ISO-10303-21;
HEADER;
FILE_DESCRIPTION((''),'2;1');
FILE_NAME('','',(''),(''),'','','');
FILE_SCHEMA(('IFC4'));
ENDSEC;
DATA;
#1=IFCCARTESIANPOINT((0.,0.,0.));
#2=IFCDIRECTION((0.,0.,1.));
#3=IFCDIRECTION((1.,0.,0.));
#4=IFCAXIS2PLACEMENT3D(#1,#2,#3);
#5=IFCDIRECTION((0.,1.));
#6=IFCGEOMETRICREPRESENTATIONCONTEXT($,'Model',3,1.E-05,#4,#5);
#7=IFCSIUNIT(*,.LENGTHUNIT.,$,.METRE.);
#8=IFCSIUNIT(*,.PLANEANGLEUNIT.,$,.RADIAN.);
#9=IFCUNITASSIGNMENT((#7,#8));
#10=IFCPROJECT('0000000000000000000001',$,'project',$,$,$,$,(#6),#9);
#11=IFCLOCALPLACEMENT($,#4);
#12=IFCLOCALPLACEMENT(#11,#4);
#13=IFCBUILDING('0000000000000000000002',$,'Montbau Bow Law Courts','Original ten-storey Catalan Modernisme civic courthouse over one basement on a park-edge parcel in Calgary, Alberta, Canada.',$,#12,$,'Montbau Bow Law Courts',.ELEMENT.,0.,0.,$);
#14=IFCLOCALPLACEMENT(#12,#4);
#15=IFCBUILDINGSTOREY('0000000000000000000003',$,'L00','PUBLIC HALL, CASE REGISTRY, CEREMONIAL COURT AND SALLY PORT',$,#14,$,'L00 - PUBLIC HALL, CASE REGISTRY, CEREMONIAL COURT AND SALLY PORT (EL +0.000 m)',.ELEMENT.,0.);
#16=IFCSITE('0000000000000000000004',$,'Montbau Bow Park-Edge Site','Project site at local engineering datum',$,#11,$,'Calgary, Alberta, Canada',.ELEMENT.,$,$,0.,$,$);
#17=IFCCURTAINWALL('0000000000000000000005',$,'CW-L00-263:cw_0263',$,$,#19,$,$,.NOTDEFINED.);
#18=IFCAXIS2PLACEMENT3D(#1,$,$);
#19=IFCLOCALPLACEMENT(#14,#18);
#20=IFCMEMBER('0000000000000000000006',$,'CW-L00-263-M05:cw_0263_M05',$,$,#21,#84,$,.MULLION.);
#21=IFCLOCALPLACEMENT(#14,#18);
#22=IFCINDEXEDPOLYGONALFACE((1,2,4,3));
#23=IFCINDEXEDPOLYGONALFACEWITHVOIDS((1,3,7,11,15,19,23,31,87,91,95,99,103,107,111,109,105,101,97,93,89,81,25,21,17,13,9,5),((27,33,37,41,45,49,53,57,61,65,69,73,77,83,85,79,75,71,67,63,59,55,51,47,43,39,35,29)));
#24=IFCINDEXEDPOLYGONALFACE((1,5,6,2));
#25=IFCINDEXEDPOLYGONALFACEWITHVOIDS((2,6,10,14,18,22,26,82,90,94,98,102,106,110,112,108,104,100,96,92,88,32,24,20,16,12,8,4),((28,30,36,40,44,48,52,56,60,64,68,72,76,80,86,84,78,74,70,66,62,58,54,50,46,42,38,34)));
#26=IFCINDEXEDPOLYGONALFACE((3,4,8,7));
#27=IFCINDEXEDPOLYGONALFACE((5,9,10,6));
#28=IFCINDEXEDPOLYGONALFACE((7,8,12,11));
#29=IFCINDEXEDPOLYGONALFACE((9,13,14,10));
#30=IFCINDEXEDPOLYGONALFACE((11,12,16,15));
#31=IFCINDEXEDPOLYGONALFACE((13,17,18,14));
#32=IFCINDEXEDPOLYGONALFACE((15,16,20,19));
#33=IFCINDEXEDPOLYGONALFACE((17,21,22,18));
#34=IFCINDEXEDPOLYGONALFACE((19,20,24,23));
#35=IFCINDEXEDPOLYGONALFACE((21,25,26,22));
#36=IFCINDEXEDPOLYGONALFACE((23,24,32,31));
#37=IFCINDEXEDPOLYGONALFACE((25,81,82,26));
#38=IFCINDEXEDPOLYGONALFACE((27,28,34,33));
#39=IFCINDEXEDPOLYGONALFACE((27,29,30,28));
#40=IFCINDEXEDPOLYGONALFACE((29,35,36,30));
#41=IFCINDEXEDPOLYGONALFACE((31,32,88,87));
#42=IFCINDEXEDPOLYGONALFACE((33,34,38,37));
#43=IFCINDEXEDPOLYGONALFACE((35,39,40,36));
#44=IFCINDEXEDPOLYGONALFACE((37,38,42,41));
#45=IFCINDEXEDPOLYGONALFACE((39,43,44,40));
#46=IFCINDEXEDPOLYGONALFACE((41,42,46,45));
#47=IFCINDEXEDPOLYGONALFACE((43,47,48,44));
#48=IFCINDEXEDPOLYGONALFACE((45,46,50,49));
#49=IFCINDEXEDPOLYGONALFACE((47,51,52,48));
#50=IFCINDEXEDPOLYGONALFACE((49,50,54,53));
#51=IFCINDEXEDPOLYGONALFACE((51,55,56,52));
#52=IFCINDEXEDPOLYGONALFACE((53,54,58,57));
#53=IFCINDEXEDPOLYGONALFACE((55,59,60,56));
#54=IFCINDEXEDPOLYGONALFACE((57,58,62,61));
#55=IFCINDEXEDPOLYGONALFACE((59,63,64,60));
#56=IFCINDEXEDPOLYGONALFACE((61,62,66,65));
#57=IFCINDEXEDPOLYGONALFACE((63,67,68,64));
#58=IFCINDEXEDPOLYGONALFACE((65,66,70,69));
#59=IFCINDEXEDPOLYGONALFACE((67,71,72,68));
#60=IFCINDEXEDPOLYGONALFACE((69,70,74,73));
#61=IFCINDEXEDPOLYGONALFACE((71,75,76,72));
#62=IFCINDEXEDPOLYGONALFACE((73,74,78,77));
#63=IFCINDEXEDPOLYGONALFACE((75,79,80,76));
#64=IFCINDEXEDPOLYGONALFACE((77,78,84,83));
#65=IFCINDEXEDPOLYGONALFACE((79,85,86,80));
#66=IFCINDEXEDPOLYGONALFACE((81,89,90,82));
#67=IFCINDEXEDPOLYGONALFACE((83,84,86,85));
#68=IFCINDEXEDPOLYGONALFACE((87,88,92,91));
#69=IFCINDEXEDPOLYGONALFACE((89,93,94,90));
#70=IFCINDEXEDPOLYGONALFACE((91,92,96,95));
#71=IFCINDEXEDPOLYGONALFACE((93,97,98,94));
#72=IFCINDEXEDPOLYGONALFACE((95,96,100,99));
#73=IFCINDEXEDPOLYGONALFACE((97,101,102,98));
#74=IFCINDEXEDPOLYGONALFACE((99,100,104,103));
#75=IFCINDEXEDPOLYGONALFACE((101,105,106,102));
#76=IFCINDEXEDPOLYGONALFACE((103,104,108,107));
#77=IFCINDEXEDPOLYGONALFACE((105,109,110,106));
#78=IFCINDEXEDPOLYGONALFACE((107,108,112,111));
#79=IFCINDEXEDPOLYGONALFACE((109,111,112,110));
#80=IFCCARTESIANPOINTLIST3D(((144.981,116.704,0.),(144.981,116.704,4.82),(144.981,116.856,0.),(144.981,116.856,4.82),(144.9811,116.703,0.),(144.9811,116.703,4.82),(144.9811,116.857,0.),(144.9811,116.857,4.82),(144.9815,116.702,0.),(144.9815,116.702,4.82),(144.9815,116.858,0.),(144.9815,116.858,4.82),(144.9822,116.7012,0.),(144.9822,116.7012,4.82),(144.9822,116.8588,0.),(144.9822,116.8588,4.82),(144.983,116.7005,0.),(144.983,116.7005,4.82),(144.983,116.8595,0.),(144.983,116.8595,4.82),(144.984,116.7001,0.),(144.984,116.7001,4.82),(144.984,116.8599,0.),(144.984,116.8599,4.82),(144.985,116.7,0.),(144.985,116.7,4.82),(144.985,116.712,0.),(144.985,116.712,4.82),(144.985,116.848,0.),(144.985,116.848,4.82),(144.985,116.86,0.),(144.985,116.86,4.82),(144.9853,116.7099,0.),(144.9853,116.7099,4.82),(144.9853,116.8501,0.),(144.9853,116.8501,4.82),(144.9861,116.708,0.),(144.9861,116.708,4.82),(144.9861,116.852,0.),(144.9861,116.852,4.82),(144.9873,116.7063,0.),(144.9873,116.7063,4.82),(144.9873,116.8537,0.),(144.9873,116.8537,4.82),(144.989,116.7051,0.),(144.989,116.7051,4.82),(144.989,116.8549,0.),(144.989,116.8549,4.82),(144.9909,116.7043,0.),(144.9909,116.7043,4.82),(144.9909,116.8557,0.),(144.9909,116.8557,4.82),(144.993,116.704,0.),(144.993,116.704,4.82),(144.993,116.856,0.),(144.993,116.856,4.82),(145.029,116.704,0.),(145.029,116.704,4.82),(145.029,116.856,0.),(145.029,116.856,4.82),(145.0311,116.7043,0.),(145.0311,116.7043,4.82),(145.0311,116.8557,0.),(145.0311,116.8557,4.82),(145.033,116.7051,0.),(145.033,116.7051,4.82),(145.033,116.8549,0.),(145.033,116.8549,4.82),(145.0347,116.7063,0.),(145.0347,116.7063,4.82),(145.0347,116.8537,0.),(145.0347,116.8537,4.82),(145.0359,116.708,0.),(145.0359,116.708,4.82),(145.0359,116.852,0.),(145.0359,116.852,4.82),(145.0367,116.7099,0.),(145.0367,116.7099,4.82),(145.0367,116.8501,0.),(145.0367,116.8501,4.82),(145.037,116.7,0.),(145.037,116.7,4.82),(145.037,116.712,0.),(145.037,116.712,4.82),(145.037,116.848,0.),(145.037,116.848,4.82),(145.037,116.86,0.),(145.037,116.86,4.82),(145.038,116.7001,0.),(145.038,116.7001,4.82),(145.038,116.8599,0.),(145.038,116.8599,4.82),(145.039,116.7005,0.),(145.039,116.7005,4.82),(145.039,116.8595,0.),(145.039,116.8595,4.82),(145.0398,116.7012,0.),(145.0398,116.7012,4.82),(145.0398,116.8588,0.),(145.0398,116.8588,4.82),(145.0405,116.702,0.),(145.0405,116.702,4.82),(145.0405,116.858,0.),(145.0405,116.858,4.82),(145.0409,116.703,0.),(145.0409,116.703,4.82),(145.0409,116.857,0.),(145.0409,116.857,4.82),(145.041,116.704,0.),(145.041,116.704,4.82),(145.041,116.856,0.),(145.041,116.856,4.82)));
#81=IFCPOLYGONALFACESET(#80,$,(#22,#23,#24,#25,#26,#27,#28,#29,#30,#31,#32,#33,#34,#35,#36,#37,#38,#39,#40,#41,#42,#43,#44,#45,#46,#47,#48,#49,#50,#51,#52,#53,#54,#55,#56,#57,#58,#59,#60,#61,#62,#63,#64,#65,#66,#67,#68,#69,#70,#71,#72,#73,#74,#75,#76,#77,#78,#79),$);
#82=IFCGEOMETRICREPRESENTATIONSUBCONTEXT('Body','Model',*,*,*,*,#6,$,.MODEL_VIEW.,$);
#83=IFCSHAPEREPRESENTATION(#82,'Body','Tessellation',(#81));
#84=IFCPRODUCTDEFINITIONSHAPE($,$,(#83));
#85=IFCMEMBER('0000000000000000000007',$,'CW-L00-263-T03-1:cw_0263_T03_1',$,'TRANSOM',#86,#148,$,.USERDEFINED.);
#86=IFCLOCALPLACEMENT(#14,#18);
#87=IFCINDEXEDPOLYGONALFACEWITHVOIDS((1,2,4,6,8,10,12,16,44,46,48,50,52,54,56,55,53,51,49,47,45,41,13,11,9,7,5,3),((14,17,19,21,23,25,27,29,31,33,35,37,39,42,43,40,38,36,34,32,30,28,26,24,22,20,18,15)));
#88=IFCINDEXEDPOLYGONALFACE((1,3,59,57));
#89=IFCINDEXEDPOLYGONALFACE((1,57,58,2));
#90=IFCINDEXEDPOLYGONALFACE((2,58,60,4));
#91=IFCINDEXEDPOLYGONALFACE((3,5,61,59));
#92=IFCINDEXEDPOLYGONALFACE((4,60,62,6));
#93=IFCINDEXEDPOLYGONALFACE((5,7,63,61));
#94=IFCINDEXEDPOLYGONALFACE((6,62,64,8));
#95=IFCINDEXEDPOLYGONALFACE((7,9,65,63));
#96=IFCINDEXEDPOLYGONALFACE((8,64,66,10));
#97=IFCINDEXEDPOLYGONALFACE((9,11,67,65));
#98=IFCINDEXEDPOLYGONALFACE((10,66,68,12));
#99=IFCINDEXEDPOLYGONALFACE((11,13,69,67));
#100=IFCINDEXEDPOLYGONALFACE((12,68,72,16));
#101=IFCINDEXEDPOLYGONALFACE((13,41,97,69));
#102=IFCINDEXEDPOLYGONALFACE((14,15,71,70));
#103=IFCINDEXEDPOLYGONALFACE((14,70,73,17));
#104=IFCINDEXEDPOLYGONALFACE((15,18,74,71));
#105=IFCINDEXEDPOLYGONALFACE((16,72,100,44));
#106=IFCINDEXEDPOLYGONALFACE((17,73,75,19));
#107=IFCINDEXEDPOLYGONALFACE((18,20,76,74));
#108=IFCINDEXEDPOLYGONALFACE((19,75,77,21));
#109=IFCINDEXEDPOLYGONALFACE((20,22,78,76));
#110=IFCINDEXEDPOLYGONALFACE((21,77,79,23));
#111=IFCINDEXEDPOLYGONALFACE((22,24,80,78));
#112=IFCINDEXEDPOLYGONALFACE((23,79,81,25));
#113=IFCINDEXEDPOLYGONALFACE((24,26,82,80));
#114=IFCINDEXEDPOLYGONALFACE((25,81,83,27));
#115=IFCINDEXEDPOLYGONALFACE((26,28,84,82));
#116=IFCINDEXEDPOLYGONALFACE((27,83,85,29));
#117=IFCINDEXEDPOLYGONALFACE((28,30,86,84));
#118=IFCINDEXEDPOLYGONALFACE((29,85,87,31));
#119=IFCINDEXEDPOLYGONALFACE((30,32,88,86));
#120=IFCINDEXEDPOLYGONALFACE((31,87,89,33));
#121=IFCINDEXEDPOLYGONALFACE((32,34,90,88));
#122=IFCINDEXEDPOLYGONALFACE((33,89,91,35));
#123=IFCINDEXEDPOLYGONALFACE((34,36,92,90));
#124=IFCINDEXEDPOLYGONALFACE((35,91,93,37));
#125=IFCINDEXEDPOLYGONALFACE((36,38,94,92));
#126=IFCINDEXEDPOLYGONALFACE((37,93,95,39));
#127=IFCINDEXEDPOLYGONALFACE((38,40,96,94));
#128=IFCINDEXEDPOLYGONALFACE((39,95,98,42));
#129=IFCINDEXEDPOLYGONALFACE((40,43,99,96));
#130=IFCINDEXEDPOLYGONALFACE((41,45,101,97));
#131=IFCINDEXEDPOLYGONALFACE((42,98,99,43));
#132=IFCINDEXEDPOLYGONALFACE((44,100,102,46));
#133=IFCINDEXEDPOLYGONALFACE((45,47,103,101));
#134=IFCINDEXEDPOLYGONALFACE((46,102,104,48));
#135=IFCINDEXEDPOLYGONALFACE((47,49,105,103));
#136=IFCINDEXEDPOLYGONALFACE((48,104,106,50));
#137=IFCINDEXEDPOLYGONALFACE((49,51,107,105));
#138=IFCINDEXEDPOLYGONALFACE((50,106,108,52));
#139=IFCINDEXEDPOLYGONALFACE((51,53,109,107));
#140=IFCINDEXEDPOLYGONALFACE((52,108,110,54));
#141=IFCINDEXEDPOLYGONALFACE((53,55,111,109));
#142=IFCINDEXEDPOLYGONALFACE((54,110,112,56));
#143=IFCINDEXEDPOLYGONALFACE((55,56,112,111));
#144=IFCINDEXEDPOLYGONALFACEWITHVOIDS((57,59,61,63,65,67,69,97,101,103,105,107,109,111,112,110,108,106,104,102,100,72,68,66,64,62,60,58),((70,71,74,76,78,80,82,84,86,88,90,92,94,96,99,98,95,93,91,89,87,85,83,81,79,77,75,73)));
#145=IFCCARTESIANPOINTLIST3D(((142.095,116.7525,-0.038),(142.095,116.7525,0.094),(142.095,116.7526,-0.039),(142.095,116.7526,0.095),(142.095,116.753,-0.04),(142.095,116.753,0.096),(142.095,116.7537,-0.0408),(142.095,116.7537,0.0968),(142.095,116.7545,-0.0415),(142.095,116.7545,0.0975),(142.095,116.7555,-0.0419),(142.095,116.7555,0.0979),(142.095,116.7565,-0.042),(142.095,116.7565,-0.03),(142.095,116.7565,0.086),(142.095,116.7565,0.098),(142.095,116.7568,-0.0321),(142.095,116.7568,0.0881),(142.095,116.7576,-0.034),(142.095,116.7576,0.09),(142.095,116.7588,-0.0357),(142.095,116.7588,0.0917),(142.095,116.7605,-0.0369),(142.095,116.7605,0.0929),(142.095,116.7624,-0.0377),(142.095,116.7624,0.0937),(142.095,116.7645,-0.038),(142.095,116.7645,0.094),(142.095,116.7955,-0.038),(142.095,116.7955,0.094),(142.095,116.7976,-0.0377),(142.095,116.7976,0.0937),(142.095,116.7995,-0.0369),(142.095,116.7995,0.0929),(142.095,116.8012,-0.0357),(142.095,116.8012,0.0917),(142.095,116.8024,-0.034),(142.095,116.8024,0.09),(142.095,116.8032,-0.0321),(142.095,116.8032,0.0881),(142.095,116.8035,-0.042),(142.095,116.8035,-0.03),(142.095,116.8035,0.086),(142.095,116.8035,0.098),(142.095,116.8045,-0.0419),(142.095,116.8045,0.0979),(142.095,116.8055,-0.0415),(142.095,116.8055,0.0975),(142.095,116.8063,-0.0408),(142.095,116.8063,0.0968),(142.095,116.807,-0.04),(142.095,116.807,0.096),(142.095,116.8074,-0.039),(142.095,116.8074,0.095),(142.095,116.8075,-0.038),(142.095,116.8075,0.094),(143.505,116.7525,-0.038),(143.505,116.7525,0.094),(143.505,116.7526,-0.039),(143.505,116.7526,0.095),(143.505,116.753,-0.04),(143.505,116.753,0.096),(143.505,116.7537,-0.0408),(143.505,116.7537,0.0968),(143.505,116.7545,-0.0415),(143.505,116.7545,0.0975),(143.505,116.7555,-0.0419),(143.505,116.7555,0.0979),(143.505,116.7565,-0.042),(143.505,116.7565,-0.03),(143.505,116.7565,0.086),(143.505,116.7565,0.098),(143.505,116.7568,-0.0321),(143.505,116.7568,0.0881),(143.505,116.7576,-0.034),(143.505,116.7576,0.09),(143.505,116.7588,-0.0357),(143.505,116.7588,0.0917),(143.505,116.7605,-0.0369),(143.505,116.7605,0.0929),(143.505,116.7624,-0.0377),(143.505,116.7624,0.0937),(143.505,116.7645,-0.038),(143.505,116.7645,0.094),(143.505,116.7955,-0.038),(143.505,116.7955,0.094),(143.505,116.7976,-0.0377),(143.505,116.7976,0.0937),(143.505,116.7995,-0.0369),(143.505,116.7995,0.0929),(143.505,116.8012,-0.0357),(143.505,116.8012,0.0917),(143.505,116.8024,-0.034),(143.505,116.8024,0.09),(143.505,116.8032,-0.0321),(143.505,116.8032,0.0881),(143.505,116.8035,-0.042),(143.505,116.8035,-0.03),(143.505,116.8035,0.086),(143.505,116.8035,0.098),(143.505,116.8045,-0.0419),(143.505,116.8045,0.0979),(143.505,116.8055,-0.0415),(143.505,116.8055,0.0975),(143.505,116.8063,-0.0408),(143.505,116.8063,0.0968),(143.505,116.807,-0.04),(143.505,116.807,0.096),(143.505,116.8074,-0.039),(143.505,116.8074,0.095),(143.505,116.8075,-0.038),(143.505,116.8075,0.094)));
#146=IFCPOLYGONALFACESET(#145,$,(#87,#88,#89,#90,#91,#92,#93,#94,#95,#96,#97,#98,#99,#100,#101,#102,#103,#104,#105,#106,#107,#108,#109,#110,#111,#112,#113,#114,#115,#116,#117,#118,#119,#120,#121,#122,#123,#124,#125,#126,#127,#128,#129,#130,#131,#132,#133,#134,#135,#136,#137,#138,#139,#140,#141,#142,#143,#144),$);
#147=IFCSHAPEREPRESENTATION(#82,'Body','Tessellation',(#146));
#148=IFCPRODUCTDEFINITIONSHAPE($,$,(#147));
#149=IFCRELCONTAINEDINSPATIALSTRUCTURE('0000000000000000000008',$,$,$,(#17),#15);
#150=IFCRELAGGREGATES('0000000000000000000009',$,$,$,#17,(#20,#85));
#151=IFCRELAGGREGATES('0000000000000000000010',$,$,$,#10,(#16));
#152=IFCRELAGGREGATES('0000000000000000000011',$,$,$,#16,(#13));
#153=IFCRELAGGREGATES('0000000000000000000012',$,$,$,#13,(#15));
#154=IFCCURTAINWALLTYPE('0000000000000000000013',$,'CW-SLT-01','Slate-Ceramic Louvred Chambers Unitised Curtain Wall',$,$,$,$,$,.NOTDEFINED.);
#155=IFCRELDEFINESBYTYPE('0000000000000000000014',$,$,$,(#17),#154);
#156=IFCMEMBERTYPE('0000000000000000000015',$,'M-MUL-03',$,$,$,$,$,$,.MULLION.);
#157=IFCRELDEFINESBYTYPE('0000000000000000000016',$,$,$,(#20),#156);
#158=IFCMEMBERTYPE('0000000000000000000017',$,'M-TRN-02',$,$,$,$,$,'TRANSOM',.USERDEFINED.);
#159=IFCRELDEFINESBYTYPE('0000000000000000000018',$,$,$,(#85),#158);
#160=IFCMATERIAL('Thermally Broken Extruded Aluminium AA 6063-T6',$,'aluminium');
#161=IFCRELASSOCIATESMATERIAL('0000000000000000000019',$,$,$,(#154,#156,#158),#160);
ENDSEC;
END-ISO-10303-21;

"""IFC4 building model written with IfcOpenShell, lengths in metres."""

from ifc_helpers import new_model, si_unit, direction, frame, origin_with_axes, origin_2d_with_axis, place, context, subcontext, project, spatial, hollow_rectangle, extrude, material, material_profile, profile_set, type_object, element, aggregate, save


model = new_model("IFC4")

# Units and contexts
model_context = context("Model", 3, precision=1e-05, world=origin_with_axes(), true_north=direction((0.0, 1.0)))
body_context = subcontext(model_context, "Body", "Model", "MODEL_VIEW")
ifc_project = project(units=[si_unit("LENGTHUNIT", "METRE"), si_unit("PLANEANGLEUNIT", "RADIAN")], contexts=[model_context])

# Site, building, storey
site_placement = place(None, origin_with_axes())
site = spatial("IfcSite", under=ifc_project, at=site_placement, Name="Montbau Bow Park-Edge Site", Description="Project site at local engineering datum", LongName="Calgary, Alberta, Canada", CompositionType="ELEMENT", RefElevation=0.0)
building_placement = place(site_placement, origin_with_axes())
building = spatial("IfcBuilding", under=site, at=building_placement, Name="Montbau Bow Law Courts", Description="Original ten-storey Catalan Modernisme civic courthouse over one basement on a park-edge parcel in Calgary, Alberta, Canada.", LongName="Montbau Bow Law Courts", CompositionType="ELEMENT", ElevationOfRefHeight=0.0, ElevationOfTerrain=0.0)
storey_placement = place(building_placement, origin_with_axes())
storey = spatial("IfcBuildingStorey", under=building, at=storey_placement, Name="L00", Description="PUBLIC HALL, CASE REGISTRY, CEREMONIAL COURT AND SALLY PORT", LongName="L00 - PUBLIC HALL, CASE REGISTRY, CEREMONIAL COURT AND SALLY PORT (EL +0.000 m)", CompositionType="ELEMENT", Elevation=0.0)

# Curtain wall, members
ifc_material_1 = material(Name="Thermally Broken Extruded Aluminium AA 6063-T6", Category="aluminium")
curtain_wall_type = type_object("IfcCurtainWallType", Name="CW-SLT-01", Description="Slate-Ceramic Louvred Chambers Unitised Curtain Wall", PredefinedType="NOTDEFINED", material=ifc_material_1)
curtain_wall_placement = place(None, frame((139.115, 116.78, 0.0), z_axis=(0.0, 0.0, 1.0), x_axis=(1.0, 0.0, 0.0)))
curtain_wall = element("IfcCurtainWall", 1, at=curtain_wall_placement, inside=storey, type_object=curtain_wall_type, Name="CW-L00-263:cw_0263", PredefinedType="NOTDEFINED")
ifc_material_profile_1 = material_profile(ifc_material_1, hollow_rectangle(XDim=0.06, YDim=0.16, WallThickness=0.004, InnerFilletRadius=0.008, OuterFilletRadius=0.004, at=origin_2d_with_axis()), Name="CWM-160X60", Category="Main", Priority=0)
ifc_profile_set_1 = profile_set([ifc_material_profile_1], Name="Thermally Broken Extruded Aluminium AA 6063-T6")
member_type_1 = type_object("IfcMemberType", Name="M-MUL-03", PredefinedType="MULLION", material=ifc_profile_set_1)
member_1_placement = place(None, frame((145.011, 116.78, 0.0), z_axis=(0.0, 0.0, 1.0), x_axis=(1.0, 0.0, 0.0)))
member_1 = element("IfcMember", 2, at=member_1_placement, type_object=member_type_1, Name="CW-L00-263-M05:cw_0263_M05", PredefinedType="MULLION", context=body_context, shape_type="SweptSolid", body=[
    extrude(hollow_rectangle(XDim=0.06, YDim=0.16, WallThickness=0.004, InnerFilletRadius=0.008, OuterFilletRadius=0.004, at=origin_2d_with_axis()), origin_with_axes(), (0.0, 0.0, 1.0), 4.82),
])
ifc_material_profile_2 = material_profile(ifc_material_1, hollow_rectangle(XDim=0.055, YDim=0.14, WallThickness=0.004, InnerFilletRadius=0.008, OuterFilletRadius=0.004, at=origin_2d_with_axis()), Name="CWT-140X55", Category="Main", Priority=0)
ifc_profile_set_2 = profile_set([ifc_material_profile_2], Name="Thermally Broken Extruded Aluminium AA 6063-T6")
member_type_2 = type_object("IfcMemberType", Name="M-TRN-02", ElementType="TRANSOM", PredefinedType="USERDEFINED", material=ifc_profile_set_2)
member_2_placement = place(None, frame((142.095, 116.78, 0.028), z_axis=(1.0, 0.0, 0.0), x_axis=(0.0, 1.0, 0.0)))
member_2 = element("IfcMember", 3, at=member_2_placement, type_object=member_type_2, Name="CW-L00-263-T03-1:cw_0263_T03_1", ObjectType="TRANSOM", PredefinedType="USERDEFINED", context=body_context, shape_type="SweptSolid", body=[
    extrude(hollow_rectangle(XDim=0.055, YDim=0.14, WallThickness=0.004, InnerFilletRadius=0.008, OuterFilletRadius=0.004, at=origin_2d_with_axis()), origin_with_axes(), (0.0, 0.0, 1.0), 1.41),
])
aggregate(curtain_wall, [member_1, member_2])

save(model, "model.ifc")
